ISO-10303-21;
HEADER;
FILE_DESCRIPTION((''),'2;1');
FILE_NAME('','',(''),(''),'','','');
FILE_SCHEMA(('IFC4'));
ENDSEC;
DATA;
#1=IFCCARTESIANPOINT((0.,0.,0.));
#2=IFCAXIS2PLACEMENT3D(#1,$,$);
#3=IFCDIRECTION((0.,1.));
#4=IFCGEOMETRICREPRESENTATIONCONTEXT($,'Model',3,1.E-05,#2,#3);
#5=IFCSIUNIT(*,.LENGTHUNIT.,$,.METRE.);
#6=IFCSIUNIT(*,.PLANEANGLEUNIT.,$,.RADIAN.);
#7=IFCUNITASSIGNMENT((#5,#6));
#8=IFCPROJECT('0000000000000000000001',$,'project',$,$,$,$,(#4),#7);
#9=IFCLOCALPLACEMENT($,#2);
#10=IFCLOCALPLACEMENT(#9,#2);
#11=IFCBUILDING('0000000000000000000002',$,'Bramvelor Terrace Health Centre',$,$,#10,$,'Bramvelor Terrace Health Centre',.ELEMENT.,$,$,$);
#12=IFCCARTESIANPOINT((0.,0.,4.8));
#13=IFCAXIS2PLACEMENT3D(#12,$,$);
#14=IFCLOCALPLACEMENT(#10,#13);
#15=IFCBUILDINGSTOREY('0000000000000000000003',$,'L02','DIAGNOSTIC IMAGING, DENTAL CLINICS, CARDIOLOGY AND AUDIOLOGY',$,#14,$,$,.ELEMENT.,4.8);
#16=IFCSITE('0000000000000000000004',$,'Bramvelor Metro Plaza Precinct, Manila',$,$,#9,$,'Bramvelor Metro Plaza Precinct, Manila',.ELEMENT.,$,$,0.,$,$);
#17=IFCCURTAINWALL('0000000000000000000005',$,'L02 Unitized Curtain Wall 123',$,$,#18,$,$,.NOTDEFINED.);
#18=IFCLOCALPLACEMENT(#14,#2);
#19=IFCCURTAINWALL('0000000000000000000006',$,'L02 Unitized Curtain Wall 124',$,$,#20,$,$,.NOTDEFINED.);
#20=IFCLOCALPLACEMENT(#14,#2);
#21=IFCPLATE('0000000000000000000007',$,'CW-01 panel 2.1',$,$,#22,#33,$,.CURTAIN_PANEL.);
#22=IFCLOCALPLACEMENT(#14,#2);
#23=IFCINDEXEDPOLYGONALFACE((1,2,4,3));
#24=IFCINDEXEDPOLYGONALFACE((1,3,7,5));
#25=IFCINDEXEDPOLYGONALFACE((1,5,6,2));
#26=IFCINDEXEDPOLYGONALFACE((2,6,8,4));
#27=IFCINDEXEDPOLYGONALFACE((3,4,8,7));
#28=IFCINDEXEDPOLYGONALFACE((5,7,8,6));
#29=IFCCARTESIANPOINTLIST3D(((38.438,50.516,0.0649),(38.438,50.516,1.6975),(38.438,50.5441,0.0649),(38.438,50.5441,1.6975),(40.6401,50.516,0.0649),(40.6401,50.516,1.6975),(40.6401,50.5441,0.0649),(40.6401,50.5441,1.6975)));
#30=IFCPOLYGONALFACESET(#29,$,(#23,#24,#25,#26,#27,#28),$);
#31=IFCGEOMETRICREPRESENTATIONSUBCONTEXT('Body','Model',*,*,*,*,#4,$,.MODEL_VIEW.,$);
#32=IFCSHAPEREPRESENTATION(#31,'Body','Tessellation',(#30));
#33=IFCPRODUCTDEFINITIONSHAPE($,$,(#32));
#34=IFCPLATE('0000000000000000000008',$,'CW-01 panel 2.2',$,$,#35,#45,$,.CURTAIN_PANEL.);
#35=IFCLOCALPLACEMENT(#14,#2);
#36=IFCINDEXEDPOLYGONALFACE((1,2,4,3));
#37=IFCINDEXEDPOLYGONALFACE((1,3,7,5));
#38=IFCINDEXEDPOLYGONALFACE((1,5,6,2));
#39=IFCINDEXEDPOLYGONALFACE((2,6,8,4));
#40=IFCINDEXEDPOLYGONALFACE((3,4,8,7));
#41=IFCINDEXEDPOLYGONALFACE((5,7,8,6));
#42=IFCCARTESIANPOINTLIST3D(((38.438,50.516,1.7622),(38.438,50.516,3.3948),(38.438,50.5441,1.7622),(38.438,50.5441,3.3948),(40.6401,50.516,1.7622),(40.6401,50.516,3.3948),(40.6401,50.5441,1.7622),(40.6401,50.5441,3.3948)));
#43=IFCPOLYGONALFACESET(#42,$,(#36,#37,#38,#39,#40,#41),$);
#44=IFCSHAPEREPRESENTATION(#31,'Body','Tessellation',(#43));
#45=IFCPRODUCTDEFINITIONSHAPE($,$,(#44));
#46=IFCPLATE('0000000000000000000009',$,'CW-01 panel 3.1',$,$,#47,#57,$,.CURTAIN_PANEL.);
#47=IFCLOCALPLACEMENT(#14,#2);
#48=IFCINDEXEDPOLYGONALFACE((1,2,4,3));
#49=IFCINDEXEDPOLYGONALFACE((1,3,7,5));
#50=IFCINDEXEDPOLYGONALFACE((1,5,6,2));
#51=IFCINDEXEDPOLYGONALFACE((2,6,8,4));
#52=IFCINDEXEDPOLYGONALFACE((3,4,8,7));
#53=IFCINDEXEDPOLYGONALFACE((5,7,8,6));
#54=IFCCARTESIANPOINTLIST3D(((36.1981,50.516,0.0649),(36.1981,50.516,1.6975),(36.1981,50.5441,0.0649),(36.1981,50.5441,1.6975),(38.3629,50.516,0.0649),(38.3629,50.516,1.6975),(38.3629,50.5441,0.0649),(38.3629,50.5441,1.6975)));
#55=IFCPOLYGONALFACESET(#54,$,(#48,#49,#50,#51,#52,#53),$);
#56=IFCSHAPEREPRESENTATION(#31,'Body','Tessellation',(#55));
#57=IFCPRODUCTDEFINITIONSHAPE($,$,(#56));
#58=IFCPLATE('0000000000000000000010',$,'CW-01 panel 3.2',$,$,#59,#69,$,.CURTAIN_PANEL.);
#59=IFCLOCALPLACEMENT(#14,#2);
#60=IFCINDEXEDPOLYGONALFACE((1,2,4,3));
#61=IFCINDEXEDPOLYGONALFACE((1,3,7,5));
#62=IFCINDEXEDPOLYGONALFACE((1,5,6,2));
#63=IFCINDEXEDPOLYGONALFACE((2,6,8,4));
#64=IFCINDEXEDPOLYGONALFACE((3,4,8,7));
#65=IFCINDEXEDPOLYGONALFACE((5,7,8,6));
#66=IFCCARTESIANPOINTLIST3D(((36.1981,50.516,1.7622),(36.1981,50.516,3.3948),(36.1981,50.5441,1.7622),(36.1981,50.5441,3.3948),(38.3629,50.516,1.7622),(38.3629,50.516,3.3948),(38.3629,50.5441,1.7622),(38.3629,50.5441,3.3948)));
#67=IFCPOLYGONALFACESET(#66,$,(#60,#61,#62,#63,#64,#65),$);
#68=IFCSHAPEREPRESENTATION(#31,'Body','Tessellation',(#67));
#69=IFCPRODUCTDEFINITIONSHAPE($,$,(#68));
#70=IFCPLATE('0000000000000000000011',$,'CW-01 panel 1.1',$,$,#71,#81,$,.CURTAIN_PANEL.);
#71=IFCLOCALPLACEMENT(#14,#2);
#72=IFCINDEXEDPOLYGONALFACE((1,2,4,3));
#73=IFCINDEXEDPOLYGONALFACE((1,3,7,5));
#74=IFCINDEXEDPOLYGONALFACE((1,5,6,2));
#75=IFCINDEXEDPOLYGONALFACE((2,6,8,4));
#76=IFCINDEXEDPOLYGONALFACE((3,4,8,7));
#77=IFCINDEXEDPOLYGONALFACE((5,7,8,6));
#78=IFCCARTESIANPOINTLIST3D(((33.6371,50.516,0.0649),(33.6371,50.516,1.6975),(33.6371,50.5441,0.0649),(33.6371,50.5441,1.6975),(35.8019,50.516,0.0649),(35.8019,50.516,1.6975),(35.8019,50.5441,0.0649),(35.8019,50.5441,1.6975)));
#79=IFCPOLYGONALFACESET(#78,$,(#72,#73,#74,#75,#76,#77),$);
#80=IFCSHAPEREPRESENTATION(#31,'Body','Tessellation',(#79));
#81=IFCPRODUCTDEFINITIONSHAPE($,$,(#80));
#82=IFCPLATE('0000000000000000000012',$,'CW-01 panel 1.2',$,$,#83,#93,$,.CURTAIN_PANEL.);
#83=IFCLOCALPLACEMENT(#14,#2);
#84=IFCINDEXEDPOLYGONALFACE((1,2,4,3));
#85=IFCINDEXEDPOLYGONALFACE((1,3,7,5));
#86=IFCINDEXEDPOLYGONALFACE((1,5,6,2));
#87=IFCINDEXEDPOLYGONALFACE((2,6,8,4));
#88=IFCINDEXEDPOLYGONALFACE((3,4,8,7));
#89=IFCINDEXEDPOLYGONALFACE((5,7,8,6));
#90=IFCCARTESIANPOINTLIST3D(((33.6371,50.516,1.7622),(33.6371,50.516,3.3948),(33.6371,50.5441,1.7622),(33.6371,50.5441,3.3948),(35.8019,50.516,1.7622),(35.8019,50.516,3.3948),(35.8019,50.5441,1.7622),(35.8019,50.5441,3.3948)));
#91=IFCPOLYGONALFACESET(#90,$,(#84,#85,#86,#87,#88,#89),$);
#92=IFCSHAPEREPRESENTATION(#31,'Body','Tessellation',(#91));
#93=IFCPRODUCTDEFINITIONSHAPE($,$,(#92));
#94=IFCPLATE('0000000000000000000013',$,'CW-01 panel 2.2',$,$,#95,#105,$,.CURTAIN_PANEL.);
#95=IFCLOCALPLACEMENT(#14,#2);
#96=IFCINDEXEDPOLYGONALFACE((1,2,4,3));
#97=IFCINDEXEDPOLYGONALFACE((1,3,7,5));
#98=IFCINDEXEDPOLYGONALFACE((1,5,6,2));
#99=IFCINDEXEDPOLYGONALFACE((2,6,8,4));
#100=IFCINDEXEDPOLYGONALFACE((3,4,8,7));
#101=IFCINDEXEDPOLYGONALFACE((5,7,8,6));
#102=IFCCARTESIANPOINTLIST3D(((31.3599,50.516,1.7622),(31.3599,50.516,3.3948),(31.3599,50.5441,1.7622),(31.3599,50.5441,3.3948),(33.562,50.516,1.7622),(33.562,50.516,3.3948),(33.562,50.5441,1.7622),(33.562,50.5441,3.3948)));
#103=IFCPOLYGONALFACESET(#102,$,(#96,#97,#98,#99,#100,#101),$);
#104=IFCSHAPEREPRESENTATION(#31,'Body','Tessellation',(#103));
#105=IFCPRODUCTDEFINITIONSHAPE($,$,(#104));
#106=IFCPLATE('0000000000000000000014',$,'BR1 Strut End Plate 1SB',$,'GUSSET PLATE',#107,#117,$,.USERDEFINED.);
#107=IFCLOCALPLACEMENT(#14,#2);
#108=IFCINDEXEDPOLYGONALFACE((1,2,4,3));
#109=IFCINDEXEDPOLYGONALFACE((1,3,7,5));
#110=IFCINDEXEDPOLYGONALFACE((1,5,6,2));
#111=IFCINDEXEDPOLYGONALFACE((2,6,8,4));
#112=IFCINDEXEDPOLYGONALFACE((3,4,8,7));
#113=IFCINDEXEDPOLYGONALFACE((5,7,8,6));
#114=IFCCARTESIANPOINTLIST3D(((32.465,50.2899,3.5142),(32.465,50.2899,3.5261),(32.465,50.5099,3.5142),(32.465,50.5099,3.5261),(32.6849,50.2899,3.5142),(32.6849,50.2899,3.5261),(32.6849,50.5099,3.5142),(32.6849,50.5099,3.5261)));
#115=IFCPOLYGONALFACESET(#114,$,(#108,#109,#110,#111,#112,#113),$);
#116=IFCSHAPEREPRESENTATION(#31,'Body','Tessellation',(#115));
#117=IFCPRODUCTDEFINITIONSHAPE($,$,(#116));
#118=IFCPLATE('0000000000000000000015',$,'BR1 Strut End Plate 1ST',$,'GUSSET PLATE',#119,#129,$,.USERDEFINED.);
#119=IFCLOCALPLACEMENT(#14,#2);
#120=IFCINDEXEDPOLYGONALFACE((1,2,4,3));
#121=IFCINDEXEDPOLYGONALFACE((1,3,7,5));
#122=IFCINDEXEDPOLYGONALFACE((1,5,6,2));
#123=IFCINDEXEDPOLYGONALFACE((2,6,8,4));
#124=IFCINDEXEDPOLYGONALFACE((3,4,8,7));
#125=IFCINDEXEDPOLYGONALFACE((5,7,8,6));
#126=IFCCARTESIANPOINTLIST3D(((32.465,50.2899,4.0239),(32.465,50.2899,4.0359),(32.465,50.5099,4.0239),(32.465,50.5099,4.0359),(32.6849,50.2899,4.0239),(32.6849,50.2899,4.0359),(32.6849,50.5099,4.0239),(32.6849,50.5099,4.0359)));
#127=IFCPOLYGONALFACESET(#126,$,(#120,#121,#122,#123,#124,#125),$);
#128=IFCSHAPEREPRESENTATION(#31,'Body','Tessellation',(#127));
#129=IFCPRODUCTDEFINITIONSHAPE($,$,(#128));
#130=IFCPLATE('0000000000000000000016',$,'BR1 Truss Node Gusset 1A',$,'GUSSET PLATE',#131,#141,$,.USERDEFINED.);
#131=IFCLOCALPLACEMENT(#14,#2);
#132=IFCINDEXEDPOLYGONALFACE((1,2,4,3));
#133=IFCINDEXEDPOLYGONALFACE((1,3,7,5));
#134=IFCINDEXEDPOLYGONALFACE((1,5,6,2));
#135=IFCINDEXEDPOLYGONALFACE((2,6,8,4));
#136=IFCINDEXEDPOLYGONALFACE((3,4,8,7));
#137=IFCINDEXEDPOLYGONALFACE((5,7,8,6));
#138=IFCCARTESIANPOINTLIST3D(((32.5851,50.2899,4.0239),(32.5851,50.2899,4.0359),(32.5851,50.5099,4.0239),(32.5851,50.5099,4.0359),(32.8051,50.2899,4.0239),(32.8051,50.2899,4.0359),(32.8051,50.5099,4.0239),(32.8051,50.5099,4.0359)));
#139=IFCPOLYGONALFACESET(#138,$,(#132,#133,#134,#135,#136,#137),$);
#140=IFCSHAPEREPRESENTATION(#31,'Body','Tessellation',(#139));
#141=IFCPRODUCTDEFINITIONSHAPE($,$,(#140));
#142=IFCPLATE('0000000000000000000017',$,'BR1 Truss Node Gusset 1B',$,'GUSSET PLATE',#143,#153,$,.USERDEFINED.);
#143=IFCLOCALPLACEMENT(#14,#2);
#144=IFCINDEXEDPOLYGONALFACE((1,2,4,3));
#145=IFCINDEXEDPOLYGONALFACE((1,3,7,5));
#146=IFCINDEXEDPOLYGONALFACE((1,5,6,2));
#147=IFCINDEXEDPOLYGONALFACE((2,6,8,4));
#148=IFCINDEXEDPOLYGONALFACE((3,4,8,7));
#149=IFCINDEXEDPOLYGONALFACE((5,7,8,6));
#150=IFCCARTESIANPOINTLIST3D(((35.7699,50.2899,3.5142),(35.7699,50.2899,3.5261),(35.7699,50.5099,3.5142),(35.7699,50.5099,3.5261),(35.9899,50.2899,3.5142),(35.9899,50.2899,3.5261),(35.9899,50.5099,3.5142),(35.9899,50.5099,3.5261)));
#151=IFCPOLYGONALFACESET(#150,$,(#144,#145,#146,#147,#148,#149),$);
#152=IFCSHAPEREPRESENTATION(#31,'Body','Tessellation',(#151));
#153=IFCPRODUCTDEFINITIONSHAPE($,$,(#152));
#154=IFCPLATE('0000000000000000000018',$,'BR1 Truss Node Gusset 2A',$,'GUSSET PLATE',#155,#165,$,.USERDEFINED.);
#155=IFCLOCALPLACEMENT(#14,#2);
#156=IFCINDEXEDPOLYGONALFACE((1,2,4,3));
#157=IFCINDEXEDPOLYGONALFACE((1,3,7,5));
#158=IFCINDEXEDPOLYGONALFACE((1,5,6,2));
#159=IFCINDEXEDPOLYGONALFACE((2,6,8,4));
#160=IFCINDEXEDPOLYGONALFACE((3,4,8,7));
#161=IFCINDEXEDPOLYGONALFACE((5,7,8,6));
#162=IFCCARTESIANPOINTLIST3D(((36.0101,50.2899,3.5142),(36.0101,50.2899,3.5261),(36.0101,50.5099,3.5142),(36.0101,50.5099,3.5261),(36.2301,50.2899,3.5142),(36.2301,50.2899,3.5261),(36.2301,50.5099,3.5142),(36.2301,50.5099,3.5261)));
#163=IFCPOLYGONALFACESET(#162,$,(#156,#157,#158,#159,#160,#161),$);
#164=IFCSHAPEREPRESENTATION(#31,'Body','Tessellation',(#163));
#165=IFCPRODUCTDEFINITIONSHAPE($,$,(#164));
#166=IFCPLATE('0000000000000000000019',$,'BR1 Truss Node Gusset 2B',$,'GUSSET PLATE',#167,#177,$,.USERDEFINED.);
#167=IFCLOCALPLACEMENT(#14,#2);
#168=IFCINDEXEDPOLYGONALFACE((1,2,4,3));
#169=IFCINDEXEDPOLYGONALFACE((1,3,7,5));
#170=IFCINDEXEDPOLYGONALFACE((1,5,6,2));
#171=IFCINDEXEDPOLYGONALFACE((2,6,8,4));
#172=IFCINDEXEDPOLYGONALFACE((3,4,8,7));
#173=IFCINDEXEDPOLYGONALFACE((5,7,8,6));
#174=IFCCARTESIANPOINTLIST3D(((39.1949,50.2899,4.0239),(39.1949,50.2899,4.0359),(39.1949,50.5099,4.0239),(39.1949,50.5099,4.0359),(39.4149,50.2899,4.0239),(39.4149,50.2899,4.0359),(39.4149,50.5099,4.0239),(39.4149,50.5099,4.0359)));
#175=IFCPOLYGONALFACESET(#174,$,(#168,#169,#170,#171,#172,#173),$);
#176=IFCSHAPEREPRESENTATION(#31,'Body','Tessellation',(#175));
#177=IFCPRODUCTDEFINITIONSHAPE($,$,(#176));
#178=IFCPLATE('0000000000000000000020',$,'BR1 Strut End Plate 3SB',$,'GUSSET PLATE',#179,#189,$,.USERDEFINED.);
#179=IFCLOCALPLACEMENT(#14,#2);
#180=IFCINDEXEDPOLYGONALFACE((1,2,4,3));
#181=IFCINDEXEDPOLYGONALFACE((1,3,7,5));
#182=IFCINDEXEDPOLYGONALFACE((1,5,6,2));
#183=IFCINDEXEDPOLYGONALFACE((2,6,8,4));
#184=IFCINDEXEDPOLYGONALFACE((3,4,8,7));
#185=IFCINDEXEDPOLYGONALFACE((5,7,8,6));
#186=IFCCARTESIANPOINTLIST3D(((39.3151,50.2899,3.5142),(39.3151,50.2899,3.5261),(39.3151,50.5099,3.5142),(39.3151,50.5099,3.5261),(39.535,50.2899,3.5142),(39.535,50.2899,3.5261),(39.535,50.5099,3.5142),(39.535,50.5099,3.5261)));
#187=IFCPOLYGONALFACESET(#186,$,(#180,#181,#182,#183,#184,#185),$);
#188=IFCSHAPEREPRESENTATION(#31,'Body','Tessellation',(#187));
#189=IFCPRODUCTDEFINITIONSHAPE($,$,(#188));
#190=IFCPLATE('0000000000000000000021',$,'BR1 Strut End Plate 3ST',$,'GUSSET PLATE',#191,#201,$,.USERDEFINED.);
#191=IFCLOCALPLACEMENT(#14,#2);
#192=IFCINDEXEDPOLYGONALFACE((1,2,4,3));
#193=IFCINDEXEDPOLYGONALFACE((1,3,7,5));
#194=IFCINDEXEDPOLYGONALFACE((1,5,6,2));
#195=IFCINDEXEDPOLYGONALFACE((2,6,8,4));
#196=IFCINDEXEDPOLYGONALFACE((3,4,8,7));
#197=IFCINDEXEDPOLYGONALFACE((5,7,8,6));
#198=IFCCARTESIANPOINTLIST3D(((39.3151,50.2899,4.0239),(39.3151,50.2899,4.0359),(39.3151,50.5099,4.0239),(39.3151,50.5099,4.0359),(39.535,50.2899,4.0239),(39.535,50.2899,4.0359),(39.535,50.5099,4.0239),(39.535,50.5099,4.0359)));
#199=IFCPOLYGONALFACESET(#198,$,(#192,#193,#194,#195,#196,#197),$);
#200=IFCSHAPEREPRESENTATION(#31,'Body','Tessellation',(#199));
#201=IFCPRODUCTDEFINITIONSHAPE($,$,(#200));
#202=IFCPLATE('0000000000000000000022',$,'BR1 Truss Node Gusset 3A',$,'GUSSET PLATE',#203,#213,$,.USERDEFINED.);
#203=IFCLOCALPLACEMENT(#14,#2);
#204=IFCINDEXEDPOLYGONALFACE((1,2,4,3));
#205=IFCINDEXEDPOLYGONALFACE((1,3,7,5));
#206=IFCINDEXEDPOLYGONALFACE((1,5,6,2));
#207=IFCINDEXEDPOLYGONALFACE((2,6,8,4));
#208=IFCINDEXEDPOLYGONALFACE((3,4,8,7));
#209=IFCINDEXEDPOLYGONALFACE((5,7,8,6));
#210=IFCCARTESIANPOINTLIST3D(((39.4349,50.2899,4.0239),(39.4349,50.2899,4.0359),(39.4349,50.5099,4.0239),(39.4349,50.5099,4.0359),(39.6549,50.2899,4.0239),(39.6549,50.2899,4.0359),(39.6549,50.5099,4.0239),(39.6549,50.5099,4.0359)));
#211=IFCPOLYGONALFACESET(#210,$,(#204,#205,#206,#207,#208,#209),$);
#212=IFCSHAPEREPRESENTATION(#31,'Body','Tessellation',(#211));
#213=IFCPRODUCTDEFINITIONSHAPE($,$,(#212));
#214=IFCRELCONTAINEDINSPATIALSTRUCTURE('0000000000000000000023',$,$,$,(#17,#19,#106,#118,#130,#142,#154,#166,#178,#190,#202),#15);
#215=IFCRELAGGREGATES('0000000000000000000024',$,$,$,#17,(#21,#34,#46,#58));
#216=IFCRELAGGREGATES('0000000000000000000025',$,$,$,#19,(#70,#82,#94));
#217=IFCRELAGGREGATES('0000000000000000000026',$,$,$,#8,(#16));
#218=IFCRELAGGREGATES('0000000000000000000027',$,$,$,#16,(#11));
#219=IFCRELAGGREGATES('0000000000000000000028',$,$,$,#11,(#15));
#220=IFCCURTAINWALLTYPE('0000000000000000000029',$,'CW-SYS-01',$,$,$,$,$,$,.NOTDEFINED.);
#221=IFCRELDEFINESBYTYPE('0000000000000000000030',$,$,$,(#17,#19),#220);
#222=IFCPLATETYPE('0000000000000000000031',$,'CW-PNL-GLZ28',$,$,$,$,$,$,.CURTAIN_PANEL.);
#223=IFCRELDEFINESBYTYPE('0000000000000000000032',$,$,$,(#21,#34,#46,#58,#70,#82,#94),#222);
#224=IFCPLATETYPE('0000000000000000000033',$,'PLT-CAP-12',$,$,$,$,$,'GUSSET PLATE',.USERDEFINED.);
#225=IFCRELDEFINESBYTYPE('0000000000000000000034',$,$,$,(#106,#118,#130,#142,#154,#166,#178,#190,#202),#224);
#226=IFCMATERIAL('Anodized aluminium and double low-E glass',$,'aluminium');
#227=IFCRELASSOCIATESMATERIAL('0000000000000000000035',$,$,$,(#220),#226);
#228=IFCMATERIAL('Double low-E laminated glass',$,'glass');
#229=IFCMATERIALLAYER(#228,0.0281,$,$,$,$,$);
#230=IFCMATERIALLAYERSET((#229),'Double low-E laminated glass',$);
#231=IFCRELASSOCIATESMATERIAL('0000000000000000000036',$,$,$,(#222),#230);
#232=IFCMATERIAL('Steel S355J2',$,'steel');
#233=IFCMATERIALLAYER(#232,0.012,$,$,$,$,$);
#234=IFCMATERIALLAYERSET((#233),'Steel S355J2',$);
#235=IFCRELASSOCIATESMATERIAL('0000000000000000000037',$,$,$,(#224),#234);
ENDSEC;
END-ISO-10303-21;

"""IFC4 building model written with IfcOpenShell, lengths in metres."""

from ifc_helpers import new_model, si_unit, direction, frame, origin, origin_2d, place, context, subcontext, project, spatial, rectangle, extrude, material, layer, layer_set, type_object, element, aggregate, save


model = new_model("IFC4")

# Units and contexts
model_context = context("Model", 3, precision=1e-05, world=origin(), true_north=direction((0.0, 1.0)))
body_context = subcontext(model_context, "Body", "Model", "MODEL_VIEW")
ifc_project = project(units=[si_unit("LENGTHUNIT", "METRE"), si_unit("PLANEANGLEUNIT", "RADIAN")], contexts=[model_context])

# Site, building, storey
site_placement = place(None, origin())
site = spatial("IfcSite", under=ifc_project, at=site_placement, Name="Bramvelor Metro Plaza Precinct, Manila", LongName="Bramvelor Metro Plaza Precinct, Manila", CompositionType="ELEMENT", RefElevation=0.0)
building_placement = place(site_placement, origin())
building = spatial("IfcBuilding", under=site, at=building_placement, Name="Bramvelor Terrace Health Centre", LongName="Bramvelor Terrace Health Centre", CompositionType="ELEMENT")
storey_placement = place(building_placement, frame((0.0, 0.0, 4.8)))
storey = spatial("IfcBuildingStorey", under=building, at=storey_placement, Name="L02", Description="DIAGNOSTIC IMAGING, DENTAL CLINICS, CARDIOLOGY AND AUDIOLOGY", CompositionType="ELEMENT", Elevation=4.8)

# Curtain walls
ifc_material_1 = material(Name="Anodized aluminium and double low-E glass", Category="aluminium")
curtain_wall_type = type_object("IfcCurtainWallType", Name="CW-SYS-01", PredefinedType="NOTDEFINED", material=ifc_material_1)
curtain_wall_1_placement = place(storey_placement, origin())
curtain_wall_1 = element("IfcCurtainWall", 1, at=curtain_wall_1_placement, inside=storey, type_object=curtain_wall_type, Name="L02 Unitized Curtain Wall 123", PredefinedType="NOTDEFINED")
curtain_wall_2_placement = place(storey_placement, origin())
curtain_wall_2 = element("IfcCurtainWall", 2, at=curtain_wall_2_placement, inside=storey, type_object=curtain_wall_type, Name="L02 Unitized Curtain Wall 124", PredefinedType="NOTDEFINED")

# Plates
ifc_material_2 = material(Name="Double low-E laminated glass", Category="glass")
ifc_layer_1 = layer(ifc_material_2, 0.0281)
ifc_layer_set_1 = layer_set([ifc_layer_1], Name="Double low-E laminated glass")
plate_type_1 = type_object("IfcPlateType", Name="CW-PNL-GLZ28", PredefinedType="CURTAIN_PANEL", material=ifc_layer_set_1)
plate_1_placement = place(storey_placement, frame((39.5391, 50.53, 0.0649), z_axis=(0.0, 0.0, 1.0), x_axis=(-1.0, 0.0, 0.0)))
plate_1 = element("IfcPlate", 3, at=plate_1_placement, type_object=plate_type_1, Name="CW-01 panel 2.1", PredefinedType="CURTAIN_PANEL", context=body_context, shape_type="SweptSolid", body=[
    extrude(rectangle(XDim=2.2021, YDim=0.0281, at=origin_2d()), origin(), (0.0, 0.0, 1.0), 1.6326),
])
plate_2_placement = place(storey_placement, frame((39.5391, 50.53, 1.7622), z_axis=(0.0, 0.0, 1.0), x_axis=(-1.0, 0.0, 0.0)))
plate_2 = element("IfcPlate", 4, at=plate_2_placement, type_object=plate_type_1, Name="CW-01 panel 2.2", PredefinedType="CURTAIN_PANEL", context=body_context, shape_type="SweptSolid", body=[
    extrude(rectangle(XDim=2.2021, YDim=0.0281, at=origin_2d()), origin(), (0.0, 0.0, 1.0), 1.6326),
])
plate_3_placement = place(storey_placement, frame((37.2805, 50.53, 0.0649), z_axis=(0.0, 0.0, 1.0), x_axis=(-1.0, 0.0, 0.0)))
plate_3 = element("IfcPlate", 5, at=plate_3_placement, type_object=plate_type_1, Name="CW-01 panel 3.1", PredefinedType="CURTAIN_PANEL", context=body_context, shape_type="SweptSolid", body=[
    extrude(rectangle(XDim=2.1648, YDim=0.0281, at=origin_2d()), origin(), (0.0, 0.0, 1.0), 1.6326),
])
plate_4_placement = place(storey_placement, frame((37.2805, 50.53, 1.7622), z_axis=(0.0, 0.0, 1.0), x_axis=(-1.0, 0.0, 0.0)))
plate_4 = element("IfcPlate", 6, at=plate_4_placement, type_object=plate_type_1, Name="CW-01 panel 3.2", PredefinedType="CURTAIN_PANEL", context=body_context, shape_type="SweptSolid", body=[
    extrude(rectangle(XDim=2.1648, YDim=0.0281, at=origin_2d()), origin(), (0.0, 0.0, 1.0), 1.6326),
])
aggregate(curtain_wall_1, [plate_1, plate_2, plate_3, plate_4])
plate_5_placement = place(storey_placement, frame((34.7195, 50.53, 0.0649), z_axis=(0.0, 0.0, 1.0), x_axis=(-1.0, 0.0, 0.0)))
plate_5 = element("IfcPlate", 7, at=plate_5_placement, type_object=plate_type_1, Name="CW-01 panel 1.1", PredefinedType="CURTAIN_PANEL", context=body_context, shape_type="SweptSolid", body=[
    extrude(rectangle(XDim=2.1648, YDim=0.0281, at=origin_2d()), origin(), (0.0, 0.0, 1.0), 1.6326),
])
plate_6_placement = place(storey_placement, frame((34.7195, 50.53, 1.7622), z_axis=(0.0, 0.0, 1.0), x_axis=(-1.0, 0.0, 0.0)))
plate_6 = element("IfcPlate", 8, at=plate_6_placement, type_object=plate_type_1, Name="CW-01 panel 1.2", PredefinedType="CURTAIN_PANEL", context=body_context, shape_type="SweptSolid", body=[
    extrude(rectangle(XDim=2.1648, YDim=0.0281, at=origin_2d()), origin(), (0.0, 0.0, 1.0), 1.6326),
])
plate_7_placement = place(storey_placement, frame((32.4609, 50.53, 1.7622), z_axis=(0.0, 0.0, 1.0), x_axis=(-1.0, 0.0, 0.0)))
plate_7 = element("IfcPlate", 9, at=plate_7_placement, type_object=plate_type_1, Name="CW-01 panel 2.2", PredefinedType="CURTAIN_PANEL", context=body_context, shape_type="SweptSolid", body=[
    extrude(rectangle(XDim=2.2021, YDim=0.0281, at=origin_2d()), origin(), (0.0, 0.0, 1.0), 1.6326),
])
aggregate(curtain_wall_2, [plate_5, plate_6, plate_7])

# Plates
ifc_material_3 = material(Name="Steel S355J2", Category="steel")
ifc_layer_2 = layer(ifc_material_3, 0.012)
ifc_layer_set_2 = layer_set([ifc_layer_2], Name="Steel S355J2")
plate_type_2 = type_object("IfcPlateType", Name="PLT-CAP-12", ElementType="GUSSET PLATE", PredefinedType="USERDEFINED", material=ifc_layer_set_2)
for number, where, z_axis, x_axis, name in (
    (10, (32.575, 50.3999, 3.5142), (0.0, 0.0, 1.0), (1.0, 0.0, 0.0), "BR1 Strut End Plate 1SB"),
    (11, (32.575, 50.3999, 4.0239), (0.0, 0.0, 1.0), (1.0, 0.0, 0.0), "BR1 Strut End Plate 1ST"),
    (12, (32.6951, 50.3999, 4.0239), (0.0, 0.0, 1.0), (1.0, 0.0, 0.0), "BR1 Truss Node Gusset 1A"),
    (13, (35.8799, 50.3999, 3.5142), (0.0, 0.0, 1.0), (1.0, 0.0, 0.0), "BR1 Truss Node Gusset 1B"),
    (14, (36.1201, 50.3999, 3.5142), (0.0, 0.0, 1.0), (1.0, 0.0, 0.0), "BR1 Truss Node Gusset 2A"),
    (15, (39.3049, 50.3999, 4.0239), (0.0, 0.0, 1.0), (1.0, 0.0, 0.0), "BR1 Truss Node Gusset 2B"),
    (16, (39.425, 50.3999, 3.5142), (0.0, 0.0, 1.0), (1.0, 0.0, 0.0), "BR1 Strut End Plate 3SB"),
    (17, (39.425, 50.3999, 4.0239), (0.0, 0.0, 1.0), (1.0, 0.0, 0.0), "BR1 Strut End Plate 3ST"),
    (18, (39.5449, 50.3999, 4.0239), (0.0, 0.0, 1.0), (1.0, 0.0, 0.0), "BR1 Truss Node Gusset 3A"),
):
    element("IfcPlate", number, at=place(storey_placement, frame(where, z_axis=z_axis, x_axis=x_axis)), inside=storey, type_object=plate_type_2, Name=name, ObjectType="GUSSET PLATE", PredefinedType="USERDEFINED", context=body_context, shape_type="SweptSolid", body=[
        extrude(rectangle(XDim=0.22, YDim=0.22, at=origin_2d()), origin(), (0.0, 0.0, 1.0), 0.012),
    ])

save(model, "model.ifc")
